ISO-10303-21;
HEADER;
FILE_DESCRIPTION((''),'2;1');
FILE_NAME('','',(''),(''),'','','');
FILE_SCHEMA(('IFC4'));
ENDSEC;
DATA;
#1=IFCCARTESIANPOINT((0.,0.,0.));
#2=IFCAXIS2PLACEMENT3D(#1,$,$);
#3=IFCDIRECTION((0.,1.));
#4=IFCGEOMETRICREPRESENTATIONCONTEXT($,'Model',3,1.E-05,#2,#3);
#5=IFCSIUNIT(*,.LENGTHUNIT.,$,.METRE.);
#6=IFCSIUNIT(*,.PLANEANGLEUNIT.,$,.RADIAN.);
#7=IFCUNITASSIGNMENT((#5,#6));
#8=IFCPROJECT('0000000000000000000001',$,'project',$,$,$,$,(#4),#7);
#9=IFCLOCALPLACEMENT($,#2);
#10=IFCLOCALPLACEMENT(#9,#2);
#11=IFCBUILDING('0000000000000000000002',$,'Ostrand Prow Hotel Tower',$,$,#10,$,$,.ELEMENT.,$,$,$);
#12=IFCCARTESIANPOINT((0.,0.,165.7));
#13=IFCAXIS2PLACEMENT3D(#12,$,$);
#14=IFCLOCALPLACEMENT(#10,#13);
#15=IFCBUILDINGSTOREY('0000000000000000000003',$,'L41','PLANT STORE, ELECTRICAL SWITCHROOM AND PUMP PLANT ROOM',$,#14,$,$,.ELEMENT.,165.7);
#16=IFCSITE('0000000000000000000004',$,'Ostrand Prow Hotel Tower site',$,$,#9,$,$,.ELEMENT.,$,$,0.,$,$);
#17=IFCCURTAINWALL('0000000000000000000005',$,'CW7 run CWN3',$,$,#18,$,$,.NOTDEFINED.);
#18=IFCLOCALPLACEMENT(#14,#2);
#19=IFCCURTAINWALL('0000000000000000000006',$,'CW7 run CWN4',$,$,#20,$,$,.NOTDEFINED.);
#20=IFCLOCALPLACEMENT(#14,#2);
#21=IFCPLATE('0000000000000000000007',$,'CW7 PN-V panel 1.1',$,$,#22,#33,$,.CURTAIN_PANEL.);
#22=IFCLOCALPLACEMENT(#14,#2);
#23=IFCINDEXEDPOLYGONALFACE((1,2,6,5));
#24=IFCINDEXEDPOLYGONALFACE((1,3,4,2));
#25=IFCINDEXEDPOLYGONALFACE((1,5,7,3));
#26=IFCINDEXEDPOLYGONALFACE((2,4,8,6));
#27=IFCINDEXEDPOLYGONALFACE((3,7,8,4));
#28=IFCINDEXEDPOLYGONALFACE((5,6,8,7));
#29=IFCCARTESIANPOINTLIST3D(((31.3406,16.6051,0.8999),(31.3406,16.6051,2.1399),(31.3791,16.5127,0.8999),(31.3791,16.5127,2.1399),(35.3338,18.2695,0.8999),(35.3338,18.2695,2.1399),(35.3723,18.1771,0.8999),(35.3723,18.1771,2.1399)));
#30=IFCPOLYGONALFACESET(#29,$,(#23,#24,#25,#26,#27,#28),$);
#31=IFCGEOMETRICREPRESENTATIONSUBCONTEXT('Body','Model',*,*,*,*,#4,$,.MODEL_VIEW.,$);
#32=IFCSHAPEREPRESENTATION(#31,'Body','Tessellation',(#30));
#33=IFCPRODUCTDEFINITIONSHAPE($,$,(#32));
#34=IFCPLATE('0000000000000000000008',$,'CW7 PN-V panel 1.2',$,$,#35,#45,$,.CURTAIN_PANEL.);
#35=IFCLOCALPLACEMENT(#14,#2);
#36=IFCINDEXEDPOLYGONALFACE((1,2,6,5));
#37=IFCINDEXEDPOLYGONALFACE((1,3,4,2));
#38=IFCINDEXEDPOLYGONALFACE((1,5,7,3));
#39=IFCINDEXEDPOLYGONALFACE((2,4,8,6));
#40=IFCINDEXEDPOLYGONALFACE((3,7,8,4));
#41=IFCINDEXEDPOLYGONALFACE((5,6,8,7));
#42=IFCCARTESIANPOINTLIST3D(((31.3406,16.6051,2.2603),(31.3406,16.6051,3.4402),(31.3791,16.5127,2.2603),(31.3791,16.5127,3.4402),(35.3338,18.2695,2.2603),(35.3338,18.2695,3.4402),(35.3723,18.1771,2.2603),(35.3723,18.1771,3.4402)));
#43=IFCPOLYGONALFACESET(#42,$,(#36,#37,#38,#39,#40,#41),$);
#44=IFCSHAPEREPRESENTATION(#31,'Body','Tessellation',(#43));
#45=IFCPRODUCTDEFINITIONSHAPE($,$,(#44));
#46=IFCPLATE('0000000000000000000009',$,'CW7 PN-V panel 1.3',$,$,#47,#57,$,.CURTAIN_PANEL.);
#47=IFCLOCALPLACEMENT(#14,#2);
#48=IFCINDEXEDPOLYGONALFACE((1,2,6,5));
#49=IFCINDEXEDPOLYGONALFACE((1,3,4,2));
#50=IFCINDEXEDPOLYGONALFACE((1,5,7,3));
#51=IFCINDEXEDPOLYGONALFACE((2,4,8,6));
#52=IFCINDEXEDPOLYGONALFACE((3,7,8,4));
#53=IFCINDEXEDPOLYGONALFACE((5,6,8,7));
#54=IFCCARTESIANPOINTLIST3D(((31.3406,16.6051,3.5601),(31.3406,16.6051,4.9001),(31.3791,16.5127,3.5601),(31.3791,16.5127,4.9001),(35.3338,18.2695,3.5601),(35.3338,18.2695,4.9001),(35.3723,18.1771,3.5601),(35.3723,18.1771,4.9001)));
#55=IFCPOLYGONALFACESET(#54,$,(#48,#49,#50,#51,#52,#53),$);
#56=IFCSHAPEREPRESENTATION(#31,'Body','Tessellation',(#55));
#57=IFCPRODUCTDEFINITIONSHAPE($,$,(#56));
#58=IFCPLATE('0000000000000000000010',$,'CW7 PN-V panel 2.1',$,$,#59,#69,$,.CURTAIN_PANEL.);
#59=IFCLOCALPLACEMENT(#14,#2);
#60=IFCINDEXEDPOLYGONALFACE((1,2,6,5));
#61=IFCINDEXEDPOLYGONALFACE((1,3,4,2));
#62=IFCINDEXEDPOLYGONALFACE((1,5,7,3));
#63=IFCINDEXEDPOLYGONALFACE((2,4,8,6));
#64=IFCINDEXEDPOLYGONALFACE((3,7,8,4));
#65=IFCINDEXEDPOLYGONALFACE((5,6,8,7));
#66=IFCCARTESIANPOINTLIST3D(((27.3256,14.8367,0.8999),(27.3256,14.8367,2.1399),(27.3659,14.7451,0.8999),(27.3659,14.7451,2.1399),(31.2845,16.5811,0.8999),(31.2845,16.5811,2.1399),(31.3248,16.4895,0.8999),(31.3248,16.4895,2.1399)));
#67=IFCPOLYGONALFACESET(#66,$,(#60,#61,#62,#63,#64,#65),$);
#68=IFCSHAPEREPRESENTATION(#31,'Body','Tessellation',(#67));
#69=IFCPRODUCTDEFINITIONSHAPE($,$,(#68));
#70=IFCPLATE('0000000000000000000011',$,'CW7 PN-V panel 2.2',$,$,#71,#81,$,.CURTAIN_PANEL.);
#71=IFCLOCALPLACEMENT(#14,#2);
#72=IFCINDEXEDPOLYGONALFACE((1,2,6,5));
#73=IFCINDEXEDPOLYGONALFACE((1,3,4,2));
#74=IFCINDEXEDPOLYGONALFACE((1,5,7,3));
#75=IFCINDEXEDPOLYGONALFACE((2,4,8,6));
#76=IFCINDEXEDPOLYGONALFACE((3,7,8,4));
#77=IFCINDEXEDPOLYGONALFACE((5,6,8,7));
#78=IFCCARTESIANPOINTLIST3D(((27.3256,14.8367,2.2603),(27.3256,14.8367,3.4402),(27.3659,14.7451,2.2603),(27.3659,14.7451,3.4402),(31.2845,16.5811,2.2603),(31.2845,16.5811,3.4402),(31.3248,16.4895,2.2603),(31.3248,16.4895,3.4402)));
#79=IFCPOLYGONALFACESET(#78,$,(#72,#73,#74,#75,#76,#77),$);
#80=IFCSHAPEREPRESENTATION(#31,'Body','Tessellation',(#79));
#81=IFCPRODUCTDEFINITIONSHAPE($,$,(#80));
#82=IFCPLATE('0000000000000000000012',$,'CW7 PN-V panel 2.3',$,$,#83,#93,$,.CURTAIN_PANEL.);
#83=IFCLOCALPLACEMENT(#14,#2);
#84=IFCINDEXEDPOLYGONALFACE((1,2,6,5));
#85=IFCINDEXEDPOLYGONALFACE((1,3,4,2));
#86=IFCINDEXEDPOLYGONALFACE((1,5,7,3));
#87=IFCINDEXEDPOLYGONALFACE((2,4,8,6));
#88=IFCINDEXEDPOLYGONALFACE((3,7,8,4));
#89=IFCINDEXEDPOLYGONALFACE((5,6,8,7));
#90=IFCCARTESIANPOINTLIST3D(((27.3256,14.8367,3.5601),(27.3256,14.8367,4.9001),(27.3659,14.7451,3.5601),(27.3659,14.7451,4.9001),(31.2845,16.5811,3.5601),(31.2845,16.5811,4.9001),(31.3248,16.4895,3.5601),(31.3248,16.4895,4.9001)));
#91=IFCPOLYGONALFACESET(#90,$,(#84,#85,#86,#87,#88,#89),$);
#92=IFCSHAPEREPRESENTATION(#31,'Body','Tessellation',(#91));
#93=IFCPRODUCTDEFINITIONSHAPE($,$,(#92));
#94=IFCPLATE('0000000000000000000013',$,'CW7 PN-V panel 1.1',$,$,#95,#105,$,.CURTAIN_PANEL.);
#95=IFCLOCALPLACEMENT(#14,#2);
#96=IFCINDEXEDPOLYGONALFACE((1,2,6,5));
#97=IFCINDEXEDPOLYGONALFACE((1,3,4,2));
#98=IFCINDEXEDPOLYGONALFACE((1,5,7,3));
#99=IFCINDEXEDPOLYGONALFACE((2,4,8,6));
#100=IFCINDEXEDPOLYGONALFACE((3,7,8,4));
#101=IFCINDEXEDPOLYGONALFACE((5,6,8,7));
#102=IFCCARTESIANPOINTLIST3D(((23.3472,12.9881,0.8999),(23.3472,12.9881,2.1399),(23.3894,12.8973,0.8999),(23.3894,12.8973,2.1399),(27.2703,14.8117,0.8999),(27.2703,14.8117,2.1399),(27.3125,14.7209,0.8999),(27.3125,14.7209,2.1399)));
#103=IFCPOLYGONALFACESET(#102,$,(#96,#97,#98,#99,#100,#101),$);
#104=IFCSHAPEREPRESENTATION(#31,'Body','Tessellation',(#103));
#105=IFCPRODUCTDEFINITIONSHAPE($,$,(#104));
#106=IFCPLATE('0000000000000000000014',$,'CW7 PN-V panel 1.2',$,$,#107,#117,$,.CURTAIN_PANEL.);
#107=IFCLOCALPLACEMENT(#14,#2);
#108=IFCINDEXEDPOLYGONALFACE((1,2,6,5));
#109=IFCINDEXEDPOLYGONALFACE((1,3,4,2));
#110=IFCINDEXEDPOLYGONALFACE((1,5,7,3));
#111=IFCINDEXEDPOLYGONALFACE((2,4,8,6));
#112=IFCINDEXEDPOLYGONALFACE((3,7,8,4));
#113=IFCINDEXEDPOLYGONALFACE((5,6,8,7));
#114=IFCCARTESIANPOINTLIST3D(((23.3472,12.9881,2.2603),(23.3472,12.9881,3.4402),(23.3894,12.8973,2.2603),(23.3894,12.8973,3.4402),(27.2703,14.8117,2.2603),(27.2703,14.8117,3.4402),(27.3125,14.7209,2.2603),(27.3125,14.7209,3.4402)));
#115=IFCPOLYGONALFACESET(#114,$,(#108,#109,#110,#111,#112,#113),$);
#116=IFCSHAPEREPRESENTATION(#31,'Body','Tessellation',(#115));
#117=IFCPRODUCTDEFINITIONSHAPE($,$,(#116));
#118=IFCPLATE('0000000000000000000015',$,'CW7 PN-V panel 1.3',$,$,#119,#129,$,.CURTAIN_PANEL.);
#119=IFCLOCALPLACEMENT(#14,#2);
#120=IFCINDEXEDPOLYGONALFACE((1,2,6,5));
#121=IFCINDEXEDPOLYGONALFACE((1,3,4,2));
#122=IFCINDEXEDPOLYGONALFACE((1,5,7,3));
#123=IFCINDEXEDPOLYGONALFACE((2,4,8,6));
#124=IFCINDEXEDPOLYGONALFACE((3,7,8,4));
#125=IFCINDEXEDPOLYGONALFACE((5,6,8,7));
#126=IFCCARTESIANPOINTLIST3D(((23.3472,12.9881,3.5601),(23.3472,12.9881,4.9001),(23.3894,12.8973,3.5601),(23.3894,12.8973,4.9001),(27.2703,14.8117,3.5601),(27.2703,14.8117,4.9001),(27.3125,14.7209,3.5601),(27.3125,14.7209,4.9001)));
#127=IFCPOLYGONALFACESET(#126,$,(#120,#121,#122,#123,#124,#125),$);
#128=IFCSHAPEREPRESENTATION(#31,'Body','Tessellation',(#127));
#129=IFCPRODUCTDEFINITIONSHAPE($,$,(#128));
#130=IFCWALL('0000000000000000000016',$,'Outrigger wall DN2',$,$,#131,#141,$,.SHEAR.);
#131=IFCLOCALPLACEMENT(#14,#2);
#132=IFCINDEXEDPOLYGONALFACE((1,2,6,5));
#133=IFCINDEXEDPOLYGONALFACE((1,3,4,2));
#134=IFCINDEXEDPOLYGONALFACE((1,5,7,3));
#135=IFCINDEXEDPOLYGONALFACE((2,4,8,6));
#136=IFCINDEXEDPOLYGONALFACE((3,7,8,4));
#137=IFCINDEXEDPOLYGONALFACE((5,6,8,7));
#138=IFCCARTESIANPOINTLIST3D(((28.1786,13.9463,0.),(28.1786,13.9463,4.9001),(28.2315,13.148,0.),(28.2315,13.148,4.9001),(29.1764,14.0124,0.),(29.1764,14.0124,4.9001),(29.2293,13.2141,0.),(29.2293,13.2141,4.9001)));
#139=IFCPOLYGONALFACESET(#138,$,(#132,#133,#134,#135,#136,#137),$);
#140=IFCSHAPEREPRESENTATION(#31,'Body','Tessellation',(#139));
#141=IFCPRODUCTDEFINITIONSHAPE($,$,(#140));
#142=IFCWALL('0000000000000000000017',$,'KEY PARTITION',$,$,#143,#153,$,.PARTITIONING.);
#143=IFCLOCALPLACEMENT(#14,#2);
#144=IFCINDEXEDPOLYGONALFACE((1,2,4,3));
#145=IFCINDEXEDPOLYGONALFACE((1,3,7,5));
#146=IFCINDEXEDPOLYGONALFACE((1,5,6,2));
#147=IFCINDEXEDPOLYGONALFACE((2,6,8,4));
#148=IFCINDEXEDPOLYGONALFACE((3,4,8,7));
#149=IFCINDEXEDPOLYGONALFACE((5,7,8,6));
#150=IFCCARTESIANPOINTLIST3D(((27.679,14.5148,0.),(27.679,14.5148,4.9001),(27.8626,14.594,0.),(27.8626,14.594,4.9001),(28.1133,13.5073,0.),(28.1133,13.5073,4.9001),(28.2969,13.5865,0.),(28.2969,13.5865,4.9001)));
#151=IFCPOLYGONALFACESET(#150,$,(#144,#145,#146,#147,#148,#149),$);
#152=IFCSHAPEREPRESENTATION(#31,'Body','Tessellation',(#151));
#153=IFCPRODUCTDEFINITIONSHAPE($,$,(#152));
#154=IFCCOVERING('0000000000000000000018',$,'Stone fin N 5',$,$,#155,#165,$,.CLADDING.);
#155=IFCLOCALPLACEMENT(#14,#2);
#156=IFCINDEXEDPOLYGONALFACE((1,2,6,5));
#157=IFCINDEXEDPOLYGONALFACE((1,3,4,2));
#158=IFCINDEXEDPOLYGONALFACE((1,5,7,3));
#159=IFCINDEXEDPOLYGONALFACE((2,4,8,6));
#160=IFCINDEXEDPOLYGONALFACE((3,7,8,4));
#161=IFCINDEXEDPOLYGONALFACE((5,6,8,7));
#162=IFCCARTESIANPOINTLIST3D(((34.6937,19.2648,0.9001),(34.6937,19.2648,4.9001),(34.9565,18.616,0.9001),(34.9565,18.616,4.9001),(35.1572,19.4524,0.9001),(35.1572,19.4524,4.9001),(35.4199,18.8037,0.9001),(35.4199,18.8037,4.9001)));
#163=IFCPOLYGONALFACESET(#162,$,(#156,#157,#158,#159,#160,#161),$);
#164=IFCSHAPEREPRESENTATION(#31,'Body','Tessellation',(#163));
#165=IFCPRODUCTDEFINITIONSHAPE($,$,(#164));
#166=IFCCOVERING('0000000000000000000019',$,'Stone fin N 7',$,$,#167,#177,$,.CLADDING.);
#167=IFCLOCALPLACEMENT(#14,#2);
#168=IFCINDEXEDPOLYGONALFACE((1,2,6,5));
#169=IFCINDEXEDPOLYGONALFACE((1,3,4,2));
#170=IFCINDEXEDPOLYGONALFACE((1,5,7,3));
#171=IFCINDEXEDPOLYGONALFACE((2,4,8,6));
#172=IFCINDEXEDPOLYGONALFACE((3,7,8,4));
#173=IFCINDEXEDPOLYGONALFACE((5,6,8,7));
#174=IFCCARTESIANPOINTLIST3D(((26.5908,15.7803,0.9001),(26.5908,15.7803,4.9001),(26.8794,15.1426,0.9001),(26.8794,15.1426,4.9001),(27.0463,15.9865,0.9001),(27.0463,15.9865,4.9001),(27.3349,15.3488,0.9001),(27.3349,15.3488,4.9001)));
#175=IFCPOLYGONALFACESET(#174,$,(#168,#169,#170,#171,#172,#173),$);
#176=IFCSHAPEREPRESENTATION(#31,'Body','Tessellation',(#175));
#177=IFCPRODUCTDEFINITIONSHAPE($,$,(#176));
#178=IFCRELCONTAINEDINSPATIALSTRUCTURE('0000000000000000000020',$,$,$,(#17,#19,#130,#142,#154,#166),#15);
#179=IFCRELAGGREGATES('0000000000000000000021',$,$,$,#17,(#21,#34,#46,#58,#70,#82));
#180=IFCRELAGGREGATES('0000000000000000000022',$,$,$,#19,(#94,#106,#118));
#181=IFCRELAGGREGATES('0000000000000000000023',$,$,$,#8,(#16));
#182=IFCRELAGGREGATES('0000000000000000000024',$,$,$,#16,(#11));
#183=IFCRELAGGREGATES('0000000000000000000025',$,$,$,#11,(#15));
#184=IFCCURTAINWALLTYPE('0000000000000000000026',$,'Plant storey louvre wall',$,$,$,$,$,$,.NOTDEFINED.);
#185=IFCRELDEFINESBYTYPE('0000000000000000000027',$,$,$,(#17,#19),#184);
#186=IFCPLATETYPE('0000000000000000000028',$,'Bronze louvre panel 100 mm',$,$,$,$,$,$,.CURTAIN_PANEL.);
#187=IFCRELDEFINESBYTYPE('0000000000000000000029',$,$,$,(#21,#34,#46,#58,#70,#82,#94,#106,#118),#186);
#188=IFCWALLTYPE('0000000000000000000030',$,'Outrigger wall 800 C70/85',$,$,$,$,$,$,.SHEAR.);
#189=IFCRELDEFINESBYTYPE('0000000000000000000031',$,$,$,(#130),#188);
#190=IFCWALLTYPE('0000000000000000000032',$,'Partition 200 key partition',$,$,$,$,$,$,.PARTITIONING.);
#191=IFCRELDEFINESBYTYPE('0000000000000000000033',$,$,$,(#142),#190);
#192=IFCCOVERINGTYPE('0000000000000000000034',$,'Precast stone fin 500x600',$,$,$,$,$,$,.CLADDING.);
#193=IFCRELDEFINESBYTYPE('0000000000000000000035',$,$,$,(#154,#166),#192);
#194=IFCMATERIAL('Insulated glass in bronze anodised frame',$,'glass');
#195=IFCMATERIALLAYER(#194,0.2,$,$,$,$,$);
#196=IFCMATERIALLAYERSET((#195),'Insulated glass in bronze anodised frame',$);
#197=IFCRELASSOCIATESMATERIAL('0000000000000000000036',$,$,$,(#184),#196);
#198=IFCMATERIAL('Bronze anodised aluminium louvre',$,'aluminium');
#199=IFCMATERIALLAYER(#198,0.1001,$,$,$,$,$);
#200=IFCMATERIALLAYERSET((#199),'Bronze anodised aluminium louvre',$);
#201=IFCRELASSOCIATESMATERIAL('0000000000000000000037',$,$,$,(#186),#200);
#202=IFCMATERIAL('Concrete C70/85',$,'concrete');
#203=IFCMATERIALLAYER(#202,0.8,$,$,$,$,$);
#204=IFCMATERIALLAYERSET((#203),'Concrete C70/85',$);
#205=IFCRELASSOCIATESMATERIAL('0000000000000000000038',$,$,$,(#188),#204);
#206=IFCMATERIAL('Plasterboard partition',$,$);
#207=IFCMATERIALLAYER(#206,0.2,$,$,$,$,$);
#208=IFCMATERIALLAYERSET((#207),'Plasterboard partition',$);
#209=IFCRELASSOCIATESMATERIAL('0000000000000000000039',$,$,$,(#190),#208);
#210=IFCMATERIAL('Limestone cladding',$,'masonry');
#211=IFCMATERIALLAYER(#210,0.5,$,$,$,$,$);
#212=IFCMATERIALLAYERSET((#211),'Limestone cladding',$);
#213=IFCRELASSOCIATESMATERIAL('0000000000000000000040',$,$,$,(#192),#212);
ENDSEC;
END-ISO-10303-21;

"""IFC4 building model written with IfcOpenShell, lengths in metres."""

from ifc_helpers import new_model, si_unit, direction, frame, frame_2d, origin, origin_2d, place, context, subcontext, project, spatial, rectangle, extrude, material, layer, layer_set, type_object, element, aggregate, save


model = new_model("IFC4")

# Units and contexts
model_context = context("Model", 3, precision=1e-05, world=origin(), true_north=direction((0.0, 1.0)))
body_context = subcontext(model_context, "Body", "Model", "MODEL_VIEW")
ifc_project = project(units=[si_unit("LENGTHUNIT", "METRE"), si_unit("PLANEANGLEUNIT", "RADIAN")], contexts=[model_context])

# Site, building, storey
site_placement = place(None, origin())
site = spatial("IfcSite", under=ifc_project, at=site_placement, Name="Ostrand Prow Hotel Tower site", CompositionType="ELEMENT", RefElevation=0.0)
building_placement = place(site_placement, origin())
building = spatial("IfcBuilding", under=site, at=building_placement, Name="Ostrand Prow Hotel Tower", CompositionType="ELEMENT")
storey_placement = place(building_placement, frame((0.0, 0.0, 165.7)))
storey = spatial("IfcBuildingStorey", under=building, at=storey_placement, Name="L41", Description="PLANT STORE, ELECTRICAL SWITCHROOM AND PUMP PLANT ROOM", CompositionType="ELEMENT", Elevation=165.7)

# Curtain wall
ifc_material_1 = material(Name="Insulated glass in bronze anodised frame", Category="glass")
ifc_layer_1 = layer(ifc_material_1, 0.2)
ifc_layer_set_1 = layer_set([ifc_layer_1], Name="Insulated glass in bronze anodised frame")
curtain_wall_type = type_object("IfcCurtainWallType", Name="Plant storey louvre wall", PredefinedType="NOTDEFINED", material=ifc_layer_set_1)
curtain_wall_1_placement = place(storey_placement, origin())
curtain_wall_1 = element("IfcCurtainWall", 1, at=curtain_wall_1_placement, inside=storey, type_object=curtain_wall_type, Name="CW7 run CWN3", PredefinedType="NOTDEFINED")

# Curtain wall
curtain_wall_2_placement = place(storey_placement, origin())
curtain_wall_2 = element("IfcCurtainWall", 2, at=curtain_wall_2_placement, inside=storey, type_object=curtain_wall_type, Name="CW7 run CWN4", PredefinedType="NOTDEFINED")

# Plates
ifc_material_2 = material(Name="Bronze anodised aluminium louvre", Category="aluminium")
ifc_layer_2 = layer(ifc_material_2, 0.1001)
ifc_layer_set_2 = layer_set([ifc_layer_2], Name="Bronze anodised aluminium louvre")
plate_type = type_object("IfcPlateType", Name="Bronze louvre panel 100 mm", PredefinedType="CURTAIN_PANEL", material=ifc_layer_set_2)
plate_1_placement = place(storey_placement, frame((33.3564, 17.3911, 0.8999), z_axis=(0.0, 0.0, 1.0), x_axis=(-0.923024, -0.384743, 0.0)))
plate_1 = element("IfcPlate", 3, at=plate_1_placement, type_object=plate_type, Name="CW7 PN-V panel 1.1", PredefinedType="CURTAIN_PANEL", context=body_context, shape_type="SweptSolid", body=[
    extrude(rectangle(XDim=4.3262, YDim=0.1001, at=origin_2d()), origin(), (0.0, 0.0, 1.0), 1.24),
])
plate_2_placement = place(storey_placement, frame((33.3564, 17.3911, 2.2603), z_axis=(0.0, 0.0, 1.0), x_axis=(-0.923024, -0.384743, 0.0)))
plate_2 = element("IfcPlate", 4, at=plate_2_placement, type_object=plate_type, Name="CW7 PN-V panel 1.2", PredefinedType="CURTAIN_PANEL", context=body_context, shape_type="SweptSolid", body=[
    extrude(rectangle(XDim=4.3262, YDim=0.1001, at=origin_2d()), origin(), (0.0, 0.0, 1.0), 1.1799),
])
plate_3_placement = place(storey_placement, frame((33.3564, 17.3911, 3.5601), z_axis=(0.0, 0.0, 1.0), x_axis=(-0.923024, -0.384743, 0.0)))
plate_3 = element("IfcPlate", 5, at=plate_3_placement, type_object=plate_type, Name="CW7 PN-V panel 1.3", PredefinedType="CURTAIN_PANEL", context=body_context, shape_type="SweptSolid", body=[
    extrude(rectangle(XDim=4.3262, YDim=0.1001, at=origin_2d()), origin(), (0.0, 0.0, 1.0), 1.3401),
])
plate_4_placement = place(storey_placement, frame((29.3252, 15.6631, 0.8999), z_axis=(0.0, 0.0, 1.0), x_axis=(-0.915106, -0.403213, 0.0)))
plate_4 = element("IfcPlate", 6, at=plate_4_placement, type_object=plate_type, Name="CW7 PN-V panel 2.1", PredefinedType="CURTAIN_PANEL", context=body_context, shape_type="SweptSolid", body=[
    extrude(rectangle(XDim=4.3262, YDim=0.1001, at=origin_2d()), origin(), (0.0, 0.0, 1.0), 1.24),
])
plate_5_placement = place(storey_placement, frame((29.3252, 15.6631, 2.2603), z_axis=(0.0, 0.0, 1.0), x_axis=(-0.915106, -0.403213, 0.0)))
plate_5 = element("IfcPlate", 7, at=plate_5_placement, type_object=plate_type, Name="CW7 PN-V panel 2.2", PredefinedType="CURTAIN_PANEL", context=body_context, shape_type="SweptSolid", body=[
    extrude(rectangle(XDim=4.3262, YDim=0.1001, at=origin_2d()), origin(), (0.0, 0.0, 1.0), 1.1799),
])
plate_6_placement = place(storey_placement, frame((29.3252, 15.6631, 3.5601), z_axis=(0.0, 0.0, 1.0), x_axis=(-0.915106, -0.403213, 0.0)))
plate_6 = element("IfcPlate", 8, at=plate_6_placement, type_object=plate_type, Name="CW7 PN-V panel 2.3", PredefinedType="CURTAIN_PANEL", context=body_context, shape_type="SweptSolid", body=[
    extrude(rectangle(XDim=4.3262, YDim=0.1001, at=origin_2d()), origin(), (0.0, 0.0, 1.0), 1.3401),
])
aggregate(curtain_wall_1, [plate_1, plate_2, plate_3, plate_4, plate_5, plate_6])
plate_7_placement = place(storey_placement, frame((25.3298, 13.8545, 0.8999), z_axis=(0.0, 0.0, 1.0), x_axis=(-0.906818, -0.421522, 0.0)))
plate_7 = element("IfcPlate", 9, at=plate_7_placement, type_object=plate_type, Name="CW7 PN-V panel 1.1", PredefinedType="CURTAIN_PANEL", context=body_context, shape_type="SweptSolid", body=[
    extrude(rectangle(XDim=4.3262, YDim=0.1001, at=origin_2d()), origin(), (0.0, 0.0, 1.0), 1.24),
])
plate_8_placement = place(storey_placement, frame((25.3298, 13.8545, 2.2603), z_axis=(0.0, 0.0, 1.0), x_axis=(-0.906818, -0.421522, 0.0)))
plate_8 = element("IfcPlate", 10, at=plate_8_placement, type_object=plate_type, Name="CW7 PN-V panel 1.2", PredefinedType="CURTAIN_PANEL", context=body_context, shape_type="SweptSolid", body=[
    extrude(rectangle(XDim=4.3262, YDim=0.1001, at=origin_2d()), origin(), (0.0, 0.0, 1.0), 1.1799),
])
plate_9_placement = place(storey_placement, frame((25.3298, 13.8545, 3.5601), z_axis=(0.0, 0.0, 1.0), x_axis=(-0.906818, -0.421522, 0.0)))
plate_9 = element("IfcPlate", 11, at=plate_9_placement, type_object=plate_type, Name="CW7 PN-V panel 1.3", PredefinedType="CURTAIN_PANEL", context=body_context, shape_type="SweptSolid", body=[
    extrude(rectangle(XDim=4.3262, YDim=0.1001, at=origin_2d()), origin(), (0.0, 0.0, 1.0), 1.3401),
])
aggregate(curtain_wall_2, [plate_7, plate_8, plate_9])

# Walls
ifc_material_3 = material(Name="Concrete C70/85", Category="concrete")
ifc_layer_3 = layer(ifc_material_3, 0.8)
ifc_layer_set_3 = layer_set([ifc_layer_3], Name="Concrete C70/85")
wall_type_1 = type_object("IfcWallType", Name="Outrigger wall 800 C70/85", PredefinedType="SHEAR", material=ifc_layer_set_3)
wall_1_placement = place(storey_placement, frame((29.2029, 13.6133, 0.0), z_axis=(0.0, 0.0, 1.0), x_axis=(-0.997809, -0.066163, 0.0)))
element("IfcWall", 12, at=wall_1_placement, inside=storey, type_object=wall_type_1, Name="Outrigger wall DN2", PredefinedType="SHEAR", context=body_context, shape_type="SweptSolid", body=[
    extrude(rectangle(XDim=1.0, YDim=0.8, at=frame_2d((0.5, 0.0))), origin(), (0.0, 0.0, 1.0), 4.9001),
])
ifc_material_4 = material(Name="Plasterboard partition")
ifc_layer_4 = layer(ifc_material_4, 0.2)
ifc_layer_set_4 = layer_set([ifc_layer_4], Name="Plasterboard partition")
wall_type_2 = type_object("IfcWallType", Name="Partition 200 key partition", PredefinedType="PARTITIONING", material=ifc_layer_set_4)
wall_2_placement = place(storey_placement, frame((28.2051, 13.5469, 0.0), z_axis=(0.0, 0.0, 1.0), x_axis=(-0.395852, 0.918314, 0.0)))
element("IfcWall", 13, at=wall_2_placement, inside=storey, type_object=wall_type_2, Name="KEY PARTITION", PredefinedType="PARTITIONING", context=body_context, shape_type="SweptSolid", body=[
    extrude(rectangle(XDim=1.0972, YDim=0.2, at=frame_2d((0.5486, 0.0))), origin(), (0.0, 0.0, 1.0), 4.9001),
])

# Coverings
ifc_material_5 = material(Name="Limestone cladding", Category="masonry")
ifc_layer_5 = layer(ifc_material_5, 0.5)
ifc_layer_set_5 = layer_set([ifc_layer_5], Name="Limestone cladding")
covering_type = type_object("IfcCoveringType", Name="Precast stone fin 500x600", PredefinedType="CLADDING", material=ifc_layer_set_5)
for number, where, z_axis, x_axis, name in (
    (14, (35.1882, 18.7097, 0.9001), (0.0, 0.0, 1.0), (-0.375357, 0.92688, 0.0), "Stone fin N 5"),
    (15, (27.1072, 15.2456, 0.9001), (0.0, 0.0, 1.0), (-0.412278, 0.911058, 0.0), "Stone fin N 7"),
):
    element("IfcCovering", number, at=place(storey_placement, frame(where, z_axis=z_axis, x_axis=x_axis)), inside=storey, type_object=covering_type, Name=name, PredefinedType="CLADDING", context=body_context, shape_type="SweptSolid", body=[
        extrude(rectangle(XDim=0.7, YDim=0.5, at=frame_2d((0.3501, 0.0))), origin(), (0.0, 0.0, 1.0), 4.0),
    ])

save(model, "model.ifc")
